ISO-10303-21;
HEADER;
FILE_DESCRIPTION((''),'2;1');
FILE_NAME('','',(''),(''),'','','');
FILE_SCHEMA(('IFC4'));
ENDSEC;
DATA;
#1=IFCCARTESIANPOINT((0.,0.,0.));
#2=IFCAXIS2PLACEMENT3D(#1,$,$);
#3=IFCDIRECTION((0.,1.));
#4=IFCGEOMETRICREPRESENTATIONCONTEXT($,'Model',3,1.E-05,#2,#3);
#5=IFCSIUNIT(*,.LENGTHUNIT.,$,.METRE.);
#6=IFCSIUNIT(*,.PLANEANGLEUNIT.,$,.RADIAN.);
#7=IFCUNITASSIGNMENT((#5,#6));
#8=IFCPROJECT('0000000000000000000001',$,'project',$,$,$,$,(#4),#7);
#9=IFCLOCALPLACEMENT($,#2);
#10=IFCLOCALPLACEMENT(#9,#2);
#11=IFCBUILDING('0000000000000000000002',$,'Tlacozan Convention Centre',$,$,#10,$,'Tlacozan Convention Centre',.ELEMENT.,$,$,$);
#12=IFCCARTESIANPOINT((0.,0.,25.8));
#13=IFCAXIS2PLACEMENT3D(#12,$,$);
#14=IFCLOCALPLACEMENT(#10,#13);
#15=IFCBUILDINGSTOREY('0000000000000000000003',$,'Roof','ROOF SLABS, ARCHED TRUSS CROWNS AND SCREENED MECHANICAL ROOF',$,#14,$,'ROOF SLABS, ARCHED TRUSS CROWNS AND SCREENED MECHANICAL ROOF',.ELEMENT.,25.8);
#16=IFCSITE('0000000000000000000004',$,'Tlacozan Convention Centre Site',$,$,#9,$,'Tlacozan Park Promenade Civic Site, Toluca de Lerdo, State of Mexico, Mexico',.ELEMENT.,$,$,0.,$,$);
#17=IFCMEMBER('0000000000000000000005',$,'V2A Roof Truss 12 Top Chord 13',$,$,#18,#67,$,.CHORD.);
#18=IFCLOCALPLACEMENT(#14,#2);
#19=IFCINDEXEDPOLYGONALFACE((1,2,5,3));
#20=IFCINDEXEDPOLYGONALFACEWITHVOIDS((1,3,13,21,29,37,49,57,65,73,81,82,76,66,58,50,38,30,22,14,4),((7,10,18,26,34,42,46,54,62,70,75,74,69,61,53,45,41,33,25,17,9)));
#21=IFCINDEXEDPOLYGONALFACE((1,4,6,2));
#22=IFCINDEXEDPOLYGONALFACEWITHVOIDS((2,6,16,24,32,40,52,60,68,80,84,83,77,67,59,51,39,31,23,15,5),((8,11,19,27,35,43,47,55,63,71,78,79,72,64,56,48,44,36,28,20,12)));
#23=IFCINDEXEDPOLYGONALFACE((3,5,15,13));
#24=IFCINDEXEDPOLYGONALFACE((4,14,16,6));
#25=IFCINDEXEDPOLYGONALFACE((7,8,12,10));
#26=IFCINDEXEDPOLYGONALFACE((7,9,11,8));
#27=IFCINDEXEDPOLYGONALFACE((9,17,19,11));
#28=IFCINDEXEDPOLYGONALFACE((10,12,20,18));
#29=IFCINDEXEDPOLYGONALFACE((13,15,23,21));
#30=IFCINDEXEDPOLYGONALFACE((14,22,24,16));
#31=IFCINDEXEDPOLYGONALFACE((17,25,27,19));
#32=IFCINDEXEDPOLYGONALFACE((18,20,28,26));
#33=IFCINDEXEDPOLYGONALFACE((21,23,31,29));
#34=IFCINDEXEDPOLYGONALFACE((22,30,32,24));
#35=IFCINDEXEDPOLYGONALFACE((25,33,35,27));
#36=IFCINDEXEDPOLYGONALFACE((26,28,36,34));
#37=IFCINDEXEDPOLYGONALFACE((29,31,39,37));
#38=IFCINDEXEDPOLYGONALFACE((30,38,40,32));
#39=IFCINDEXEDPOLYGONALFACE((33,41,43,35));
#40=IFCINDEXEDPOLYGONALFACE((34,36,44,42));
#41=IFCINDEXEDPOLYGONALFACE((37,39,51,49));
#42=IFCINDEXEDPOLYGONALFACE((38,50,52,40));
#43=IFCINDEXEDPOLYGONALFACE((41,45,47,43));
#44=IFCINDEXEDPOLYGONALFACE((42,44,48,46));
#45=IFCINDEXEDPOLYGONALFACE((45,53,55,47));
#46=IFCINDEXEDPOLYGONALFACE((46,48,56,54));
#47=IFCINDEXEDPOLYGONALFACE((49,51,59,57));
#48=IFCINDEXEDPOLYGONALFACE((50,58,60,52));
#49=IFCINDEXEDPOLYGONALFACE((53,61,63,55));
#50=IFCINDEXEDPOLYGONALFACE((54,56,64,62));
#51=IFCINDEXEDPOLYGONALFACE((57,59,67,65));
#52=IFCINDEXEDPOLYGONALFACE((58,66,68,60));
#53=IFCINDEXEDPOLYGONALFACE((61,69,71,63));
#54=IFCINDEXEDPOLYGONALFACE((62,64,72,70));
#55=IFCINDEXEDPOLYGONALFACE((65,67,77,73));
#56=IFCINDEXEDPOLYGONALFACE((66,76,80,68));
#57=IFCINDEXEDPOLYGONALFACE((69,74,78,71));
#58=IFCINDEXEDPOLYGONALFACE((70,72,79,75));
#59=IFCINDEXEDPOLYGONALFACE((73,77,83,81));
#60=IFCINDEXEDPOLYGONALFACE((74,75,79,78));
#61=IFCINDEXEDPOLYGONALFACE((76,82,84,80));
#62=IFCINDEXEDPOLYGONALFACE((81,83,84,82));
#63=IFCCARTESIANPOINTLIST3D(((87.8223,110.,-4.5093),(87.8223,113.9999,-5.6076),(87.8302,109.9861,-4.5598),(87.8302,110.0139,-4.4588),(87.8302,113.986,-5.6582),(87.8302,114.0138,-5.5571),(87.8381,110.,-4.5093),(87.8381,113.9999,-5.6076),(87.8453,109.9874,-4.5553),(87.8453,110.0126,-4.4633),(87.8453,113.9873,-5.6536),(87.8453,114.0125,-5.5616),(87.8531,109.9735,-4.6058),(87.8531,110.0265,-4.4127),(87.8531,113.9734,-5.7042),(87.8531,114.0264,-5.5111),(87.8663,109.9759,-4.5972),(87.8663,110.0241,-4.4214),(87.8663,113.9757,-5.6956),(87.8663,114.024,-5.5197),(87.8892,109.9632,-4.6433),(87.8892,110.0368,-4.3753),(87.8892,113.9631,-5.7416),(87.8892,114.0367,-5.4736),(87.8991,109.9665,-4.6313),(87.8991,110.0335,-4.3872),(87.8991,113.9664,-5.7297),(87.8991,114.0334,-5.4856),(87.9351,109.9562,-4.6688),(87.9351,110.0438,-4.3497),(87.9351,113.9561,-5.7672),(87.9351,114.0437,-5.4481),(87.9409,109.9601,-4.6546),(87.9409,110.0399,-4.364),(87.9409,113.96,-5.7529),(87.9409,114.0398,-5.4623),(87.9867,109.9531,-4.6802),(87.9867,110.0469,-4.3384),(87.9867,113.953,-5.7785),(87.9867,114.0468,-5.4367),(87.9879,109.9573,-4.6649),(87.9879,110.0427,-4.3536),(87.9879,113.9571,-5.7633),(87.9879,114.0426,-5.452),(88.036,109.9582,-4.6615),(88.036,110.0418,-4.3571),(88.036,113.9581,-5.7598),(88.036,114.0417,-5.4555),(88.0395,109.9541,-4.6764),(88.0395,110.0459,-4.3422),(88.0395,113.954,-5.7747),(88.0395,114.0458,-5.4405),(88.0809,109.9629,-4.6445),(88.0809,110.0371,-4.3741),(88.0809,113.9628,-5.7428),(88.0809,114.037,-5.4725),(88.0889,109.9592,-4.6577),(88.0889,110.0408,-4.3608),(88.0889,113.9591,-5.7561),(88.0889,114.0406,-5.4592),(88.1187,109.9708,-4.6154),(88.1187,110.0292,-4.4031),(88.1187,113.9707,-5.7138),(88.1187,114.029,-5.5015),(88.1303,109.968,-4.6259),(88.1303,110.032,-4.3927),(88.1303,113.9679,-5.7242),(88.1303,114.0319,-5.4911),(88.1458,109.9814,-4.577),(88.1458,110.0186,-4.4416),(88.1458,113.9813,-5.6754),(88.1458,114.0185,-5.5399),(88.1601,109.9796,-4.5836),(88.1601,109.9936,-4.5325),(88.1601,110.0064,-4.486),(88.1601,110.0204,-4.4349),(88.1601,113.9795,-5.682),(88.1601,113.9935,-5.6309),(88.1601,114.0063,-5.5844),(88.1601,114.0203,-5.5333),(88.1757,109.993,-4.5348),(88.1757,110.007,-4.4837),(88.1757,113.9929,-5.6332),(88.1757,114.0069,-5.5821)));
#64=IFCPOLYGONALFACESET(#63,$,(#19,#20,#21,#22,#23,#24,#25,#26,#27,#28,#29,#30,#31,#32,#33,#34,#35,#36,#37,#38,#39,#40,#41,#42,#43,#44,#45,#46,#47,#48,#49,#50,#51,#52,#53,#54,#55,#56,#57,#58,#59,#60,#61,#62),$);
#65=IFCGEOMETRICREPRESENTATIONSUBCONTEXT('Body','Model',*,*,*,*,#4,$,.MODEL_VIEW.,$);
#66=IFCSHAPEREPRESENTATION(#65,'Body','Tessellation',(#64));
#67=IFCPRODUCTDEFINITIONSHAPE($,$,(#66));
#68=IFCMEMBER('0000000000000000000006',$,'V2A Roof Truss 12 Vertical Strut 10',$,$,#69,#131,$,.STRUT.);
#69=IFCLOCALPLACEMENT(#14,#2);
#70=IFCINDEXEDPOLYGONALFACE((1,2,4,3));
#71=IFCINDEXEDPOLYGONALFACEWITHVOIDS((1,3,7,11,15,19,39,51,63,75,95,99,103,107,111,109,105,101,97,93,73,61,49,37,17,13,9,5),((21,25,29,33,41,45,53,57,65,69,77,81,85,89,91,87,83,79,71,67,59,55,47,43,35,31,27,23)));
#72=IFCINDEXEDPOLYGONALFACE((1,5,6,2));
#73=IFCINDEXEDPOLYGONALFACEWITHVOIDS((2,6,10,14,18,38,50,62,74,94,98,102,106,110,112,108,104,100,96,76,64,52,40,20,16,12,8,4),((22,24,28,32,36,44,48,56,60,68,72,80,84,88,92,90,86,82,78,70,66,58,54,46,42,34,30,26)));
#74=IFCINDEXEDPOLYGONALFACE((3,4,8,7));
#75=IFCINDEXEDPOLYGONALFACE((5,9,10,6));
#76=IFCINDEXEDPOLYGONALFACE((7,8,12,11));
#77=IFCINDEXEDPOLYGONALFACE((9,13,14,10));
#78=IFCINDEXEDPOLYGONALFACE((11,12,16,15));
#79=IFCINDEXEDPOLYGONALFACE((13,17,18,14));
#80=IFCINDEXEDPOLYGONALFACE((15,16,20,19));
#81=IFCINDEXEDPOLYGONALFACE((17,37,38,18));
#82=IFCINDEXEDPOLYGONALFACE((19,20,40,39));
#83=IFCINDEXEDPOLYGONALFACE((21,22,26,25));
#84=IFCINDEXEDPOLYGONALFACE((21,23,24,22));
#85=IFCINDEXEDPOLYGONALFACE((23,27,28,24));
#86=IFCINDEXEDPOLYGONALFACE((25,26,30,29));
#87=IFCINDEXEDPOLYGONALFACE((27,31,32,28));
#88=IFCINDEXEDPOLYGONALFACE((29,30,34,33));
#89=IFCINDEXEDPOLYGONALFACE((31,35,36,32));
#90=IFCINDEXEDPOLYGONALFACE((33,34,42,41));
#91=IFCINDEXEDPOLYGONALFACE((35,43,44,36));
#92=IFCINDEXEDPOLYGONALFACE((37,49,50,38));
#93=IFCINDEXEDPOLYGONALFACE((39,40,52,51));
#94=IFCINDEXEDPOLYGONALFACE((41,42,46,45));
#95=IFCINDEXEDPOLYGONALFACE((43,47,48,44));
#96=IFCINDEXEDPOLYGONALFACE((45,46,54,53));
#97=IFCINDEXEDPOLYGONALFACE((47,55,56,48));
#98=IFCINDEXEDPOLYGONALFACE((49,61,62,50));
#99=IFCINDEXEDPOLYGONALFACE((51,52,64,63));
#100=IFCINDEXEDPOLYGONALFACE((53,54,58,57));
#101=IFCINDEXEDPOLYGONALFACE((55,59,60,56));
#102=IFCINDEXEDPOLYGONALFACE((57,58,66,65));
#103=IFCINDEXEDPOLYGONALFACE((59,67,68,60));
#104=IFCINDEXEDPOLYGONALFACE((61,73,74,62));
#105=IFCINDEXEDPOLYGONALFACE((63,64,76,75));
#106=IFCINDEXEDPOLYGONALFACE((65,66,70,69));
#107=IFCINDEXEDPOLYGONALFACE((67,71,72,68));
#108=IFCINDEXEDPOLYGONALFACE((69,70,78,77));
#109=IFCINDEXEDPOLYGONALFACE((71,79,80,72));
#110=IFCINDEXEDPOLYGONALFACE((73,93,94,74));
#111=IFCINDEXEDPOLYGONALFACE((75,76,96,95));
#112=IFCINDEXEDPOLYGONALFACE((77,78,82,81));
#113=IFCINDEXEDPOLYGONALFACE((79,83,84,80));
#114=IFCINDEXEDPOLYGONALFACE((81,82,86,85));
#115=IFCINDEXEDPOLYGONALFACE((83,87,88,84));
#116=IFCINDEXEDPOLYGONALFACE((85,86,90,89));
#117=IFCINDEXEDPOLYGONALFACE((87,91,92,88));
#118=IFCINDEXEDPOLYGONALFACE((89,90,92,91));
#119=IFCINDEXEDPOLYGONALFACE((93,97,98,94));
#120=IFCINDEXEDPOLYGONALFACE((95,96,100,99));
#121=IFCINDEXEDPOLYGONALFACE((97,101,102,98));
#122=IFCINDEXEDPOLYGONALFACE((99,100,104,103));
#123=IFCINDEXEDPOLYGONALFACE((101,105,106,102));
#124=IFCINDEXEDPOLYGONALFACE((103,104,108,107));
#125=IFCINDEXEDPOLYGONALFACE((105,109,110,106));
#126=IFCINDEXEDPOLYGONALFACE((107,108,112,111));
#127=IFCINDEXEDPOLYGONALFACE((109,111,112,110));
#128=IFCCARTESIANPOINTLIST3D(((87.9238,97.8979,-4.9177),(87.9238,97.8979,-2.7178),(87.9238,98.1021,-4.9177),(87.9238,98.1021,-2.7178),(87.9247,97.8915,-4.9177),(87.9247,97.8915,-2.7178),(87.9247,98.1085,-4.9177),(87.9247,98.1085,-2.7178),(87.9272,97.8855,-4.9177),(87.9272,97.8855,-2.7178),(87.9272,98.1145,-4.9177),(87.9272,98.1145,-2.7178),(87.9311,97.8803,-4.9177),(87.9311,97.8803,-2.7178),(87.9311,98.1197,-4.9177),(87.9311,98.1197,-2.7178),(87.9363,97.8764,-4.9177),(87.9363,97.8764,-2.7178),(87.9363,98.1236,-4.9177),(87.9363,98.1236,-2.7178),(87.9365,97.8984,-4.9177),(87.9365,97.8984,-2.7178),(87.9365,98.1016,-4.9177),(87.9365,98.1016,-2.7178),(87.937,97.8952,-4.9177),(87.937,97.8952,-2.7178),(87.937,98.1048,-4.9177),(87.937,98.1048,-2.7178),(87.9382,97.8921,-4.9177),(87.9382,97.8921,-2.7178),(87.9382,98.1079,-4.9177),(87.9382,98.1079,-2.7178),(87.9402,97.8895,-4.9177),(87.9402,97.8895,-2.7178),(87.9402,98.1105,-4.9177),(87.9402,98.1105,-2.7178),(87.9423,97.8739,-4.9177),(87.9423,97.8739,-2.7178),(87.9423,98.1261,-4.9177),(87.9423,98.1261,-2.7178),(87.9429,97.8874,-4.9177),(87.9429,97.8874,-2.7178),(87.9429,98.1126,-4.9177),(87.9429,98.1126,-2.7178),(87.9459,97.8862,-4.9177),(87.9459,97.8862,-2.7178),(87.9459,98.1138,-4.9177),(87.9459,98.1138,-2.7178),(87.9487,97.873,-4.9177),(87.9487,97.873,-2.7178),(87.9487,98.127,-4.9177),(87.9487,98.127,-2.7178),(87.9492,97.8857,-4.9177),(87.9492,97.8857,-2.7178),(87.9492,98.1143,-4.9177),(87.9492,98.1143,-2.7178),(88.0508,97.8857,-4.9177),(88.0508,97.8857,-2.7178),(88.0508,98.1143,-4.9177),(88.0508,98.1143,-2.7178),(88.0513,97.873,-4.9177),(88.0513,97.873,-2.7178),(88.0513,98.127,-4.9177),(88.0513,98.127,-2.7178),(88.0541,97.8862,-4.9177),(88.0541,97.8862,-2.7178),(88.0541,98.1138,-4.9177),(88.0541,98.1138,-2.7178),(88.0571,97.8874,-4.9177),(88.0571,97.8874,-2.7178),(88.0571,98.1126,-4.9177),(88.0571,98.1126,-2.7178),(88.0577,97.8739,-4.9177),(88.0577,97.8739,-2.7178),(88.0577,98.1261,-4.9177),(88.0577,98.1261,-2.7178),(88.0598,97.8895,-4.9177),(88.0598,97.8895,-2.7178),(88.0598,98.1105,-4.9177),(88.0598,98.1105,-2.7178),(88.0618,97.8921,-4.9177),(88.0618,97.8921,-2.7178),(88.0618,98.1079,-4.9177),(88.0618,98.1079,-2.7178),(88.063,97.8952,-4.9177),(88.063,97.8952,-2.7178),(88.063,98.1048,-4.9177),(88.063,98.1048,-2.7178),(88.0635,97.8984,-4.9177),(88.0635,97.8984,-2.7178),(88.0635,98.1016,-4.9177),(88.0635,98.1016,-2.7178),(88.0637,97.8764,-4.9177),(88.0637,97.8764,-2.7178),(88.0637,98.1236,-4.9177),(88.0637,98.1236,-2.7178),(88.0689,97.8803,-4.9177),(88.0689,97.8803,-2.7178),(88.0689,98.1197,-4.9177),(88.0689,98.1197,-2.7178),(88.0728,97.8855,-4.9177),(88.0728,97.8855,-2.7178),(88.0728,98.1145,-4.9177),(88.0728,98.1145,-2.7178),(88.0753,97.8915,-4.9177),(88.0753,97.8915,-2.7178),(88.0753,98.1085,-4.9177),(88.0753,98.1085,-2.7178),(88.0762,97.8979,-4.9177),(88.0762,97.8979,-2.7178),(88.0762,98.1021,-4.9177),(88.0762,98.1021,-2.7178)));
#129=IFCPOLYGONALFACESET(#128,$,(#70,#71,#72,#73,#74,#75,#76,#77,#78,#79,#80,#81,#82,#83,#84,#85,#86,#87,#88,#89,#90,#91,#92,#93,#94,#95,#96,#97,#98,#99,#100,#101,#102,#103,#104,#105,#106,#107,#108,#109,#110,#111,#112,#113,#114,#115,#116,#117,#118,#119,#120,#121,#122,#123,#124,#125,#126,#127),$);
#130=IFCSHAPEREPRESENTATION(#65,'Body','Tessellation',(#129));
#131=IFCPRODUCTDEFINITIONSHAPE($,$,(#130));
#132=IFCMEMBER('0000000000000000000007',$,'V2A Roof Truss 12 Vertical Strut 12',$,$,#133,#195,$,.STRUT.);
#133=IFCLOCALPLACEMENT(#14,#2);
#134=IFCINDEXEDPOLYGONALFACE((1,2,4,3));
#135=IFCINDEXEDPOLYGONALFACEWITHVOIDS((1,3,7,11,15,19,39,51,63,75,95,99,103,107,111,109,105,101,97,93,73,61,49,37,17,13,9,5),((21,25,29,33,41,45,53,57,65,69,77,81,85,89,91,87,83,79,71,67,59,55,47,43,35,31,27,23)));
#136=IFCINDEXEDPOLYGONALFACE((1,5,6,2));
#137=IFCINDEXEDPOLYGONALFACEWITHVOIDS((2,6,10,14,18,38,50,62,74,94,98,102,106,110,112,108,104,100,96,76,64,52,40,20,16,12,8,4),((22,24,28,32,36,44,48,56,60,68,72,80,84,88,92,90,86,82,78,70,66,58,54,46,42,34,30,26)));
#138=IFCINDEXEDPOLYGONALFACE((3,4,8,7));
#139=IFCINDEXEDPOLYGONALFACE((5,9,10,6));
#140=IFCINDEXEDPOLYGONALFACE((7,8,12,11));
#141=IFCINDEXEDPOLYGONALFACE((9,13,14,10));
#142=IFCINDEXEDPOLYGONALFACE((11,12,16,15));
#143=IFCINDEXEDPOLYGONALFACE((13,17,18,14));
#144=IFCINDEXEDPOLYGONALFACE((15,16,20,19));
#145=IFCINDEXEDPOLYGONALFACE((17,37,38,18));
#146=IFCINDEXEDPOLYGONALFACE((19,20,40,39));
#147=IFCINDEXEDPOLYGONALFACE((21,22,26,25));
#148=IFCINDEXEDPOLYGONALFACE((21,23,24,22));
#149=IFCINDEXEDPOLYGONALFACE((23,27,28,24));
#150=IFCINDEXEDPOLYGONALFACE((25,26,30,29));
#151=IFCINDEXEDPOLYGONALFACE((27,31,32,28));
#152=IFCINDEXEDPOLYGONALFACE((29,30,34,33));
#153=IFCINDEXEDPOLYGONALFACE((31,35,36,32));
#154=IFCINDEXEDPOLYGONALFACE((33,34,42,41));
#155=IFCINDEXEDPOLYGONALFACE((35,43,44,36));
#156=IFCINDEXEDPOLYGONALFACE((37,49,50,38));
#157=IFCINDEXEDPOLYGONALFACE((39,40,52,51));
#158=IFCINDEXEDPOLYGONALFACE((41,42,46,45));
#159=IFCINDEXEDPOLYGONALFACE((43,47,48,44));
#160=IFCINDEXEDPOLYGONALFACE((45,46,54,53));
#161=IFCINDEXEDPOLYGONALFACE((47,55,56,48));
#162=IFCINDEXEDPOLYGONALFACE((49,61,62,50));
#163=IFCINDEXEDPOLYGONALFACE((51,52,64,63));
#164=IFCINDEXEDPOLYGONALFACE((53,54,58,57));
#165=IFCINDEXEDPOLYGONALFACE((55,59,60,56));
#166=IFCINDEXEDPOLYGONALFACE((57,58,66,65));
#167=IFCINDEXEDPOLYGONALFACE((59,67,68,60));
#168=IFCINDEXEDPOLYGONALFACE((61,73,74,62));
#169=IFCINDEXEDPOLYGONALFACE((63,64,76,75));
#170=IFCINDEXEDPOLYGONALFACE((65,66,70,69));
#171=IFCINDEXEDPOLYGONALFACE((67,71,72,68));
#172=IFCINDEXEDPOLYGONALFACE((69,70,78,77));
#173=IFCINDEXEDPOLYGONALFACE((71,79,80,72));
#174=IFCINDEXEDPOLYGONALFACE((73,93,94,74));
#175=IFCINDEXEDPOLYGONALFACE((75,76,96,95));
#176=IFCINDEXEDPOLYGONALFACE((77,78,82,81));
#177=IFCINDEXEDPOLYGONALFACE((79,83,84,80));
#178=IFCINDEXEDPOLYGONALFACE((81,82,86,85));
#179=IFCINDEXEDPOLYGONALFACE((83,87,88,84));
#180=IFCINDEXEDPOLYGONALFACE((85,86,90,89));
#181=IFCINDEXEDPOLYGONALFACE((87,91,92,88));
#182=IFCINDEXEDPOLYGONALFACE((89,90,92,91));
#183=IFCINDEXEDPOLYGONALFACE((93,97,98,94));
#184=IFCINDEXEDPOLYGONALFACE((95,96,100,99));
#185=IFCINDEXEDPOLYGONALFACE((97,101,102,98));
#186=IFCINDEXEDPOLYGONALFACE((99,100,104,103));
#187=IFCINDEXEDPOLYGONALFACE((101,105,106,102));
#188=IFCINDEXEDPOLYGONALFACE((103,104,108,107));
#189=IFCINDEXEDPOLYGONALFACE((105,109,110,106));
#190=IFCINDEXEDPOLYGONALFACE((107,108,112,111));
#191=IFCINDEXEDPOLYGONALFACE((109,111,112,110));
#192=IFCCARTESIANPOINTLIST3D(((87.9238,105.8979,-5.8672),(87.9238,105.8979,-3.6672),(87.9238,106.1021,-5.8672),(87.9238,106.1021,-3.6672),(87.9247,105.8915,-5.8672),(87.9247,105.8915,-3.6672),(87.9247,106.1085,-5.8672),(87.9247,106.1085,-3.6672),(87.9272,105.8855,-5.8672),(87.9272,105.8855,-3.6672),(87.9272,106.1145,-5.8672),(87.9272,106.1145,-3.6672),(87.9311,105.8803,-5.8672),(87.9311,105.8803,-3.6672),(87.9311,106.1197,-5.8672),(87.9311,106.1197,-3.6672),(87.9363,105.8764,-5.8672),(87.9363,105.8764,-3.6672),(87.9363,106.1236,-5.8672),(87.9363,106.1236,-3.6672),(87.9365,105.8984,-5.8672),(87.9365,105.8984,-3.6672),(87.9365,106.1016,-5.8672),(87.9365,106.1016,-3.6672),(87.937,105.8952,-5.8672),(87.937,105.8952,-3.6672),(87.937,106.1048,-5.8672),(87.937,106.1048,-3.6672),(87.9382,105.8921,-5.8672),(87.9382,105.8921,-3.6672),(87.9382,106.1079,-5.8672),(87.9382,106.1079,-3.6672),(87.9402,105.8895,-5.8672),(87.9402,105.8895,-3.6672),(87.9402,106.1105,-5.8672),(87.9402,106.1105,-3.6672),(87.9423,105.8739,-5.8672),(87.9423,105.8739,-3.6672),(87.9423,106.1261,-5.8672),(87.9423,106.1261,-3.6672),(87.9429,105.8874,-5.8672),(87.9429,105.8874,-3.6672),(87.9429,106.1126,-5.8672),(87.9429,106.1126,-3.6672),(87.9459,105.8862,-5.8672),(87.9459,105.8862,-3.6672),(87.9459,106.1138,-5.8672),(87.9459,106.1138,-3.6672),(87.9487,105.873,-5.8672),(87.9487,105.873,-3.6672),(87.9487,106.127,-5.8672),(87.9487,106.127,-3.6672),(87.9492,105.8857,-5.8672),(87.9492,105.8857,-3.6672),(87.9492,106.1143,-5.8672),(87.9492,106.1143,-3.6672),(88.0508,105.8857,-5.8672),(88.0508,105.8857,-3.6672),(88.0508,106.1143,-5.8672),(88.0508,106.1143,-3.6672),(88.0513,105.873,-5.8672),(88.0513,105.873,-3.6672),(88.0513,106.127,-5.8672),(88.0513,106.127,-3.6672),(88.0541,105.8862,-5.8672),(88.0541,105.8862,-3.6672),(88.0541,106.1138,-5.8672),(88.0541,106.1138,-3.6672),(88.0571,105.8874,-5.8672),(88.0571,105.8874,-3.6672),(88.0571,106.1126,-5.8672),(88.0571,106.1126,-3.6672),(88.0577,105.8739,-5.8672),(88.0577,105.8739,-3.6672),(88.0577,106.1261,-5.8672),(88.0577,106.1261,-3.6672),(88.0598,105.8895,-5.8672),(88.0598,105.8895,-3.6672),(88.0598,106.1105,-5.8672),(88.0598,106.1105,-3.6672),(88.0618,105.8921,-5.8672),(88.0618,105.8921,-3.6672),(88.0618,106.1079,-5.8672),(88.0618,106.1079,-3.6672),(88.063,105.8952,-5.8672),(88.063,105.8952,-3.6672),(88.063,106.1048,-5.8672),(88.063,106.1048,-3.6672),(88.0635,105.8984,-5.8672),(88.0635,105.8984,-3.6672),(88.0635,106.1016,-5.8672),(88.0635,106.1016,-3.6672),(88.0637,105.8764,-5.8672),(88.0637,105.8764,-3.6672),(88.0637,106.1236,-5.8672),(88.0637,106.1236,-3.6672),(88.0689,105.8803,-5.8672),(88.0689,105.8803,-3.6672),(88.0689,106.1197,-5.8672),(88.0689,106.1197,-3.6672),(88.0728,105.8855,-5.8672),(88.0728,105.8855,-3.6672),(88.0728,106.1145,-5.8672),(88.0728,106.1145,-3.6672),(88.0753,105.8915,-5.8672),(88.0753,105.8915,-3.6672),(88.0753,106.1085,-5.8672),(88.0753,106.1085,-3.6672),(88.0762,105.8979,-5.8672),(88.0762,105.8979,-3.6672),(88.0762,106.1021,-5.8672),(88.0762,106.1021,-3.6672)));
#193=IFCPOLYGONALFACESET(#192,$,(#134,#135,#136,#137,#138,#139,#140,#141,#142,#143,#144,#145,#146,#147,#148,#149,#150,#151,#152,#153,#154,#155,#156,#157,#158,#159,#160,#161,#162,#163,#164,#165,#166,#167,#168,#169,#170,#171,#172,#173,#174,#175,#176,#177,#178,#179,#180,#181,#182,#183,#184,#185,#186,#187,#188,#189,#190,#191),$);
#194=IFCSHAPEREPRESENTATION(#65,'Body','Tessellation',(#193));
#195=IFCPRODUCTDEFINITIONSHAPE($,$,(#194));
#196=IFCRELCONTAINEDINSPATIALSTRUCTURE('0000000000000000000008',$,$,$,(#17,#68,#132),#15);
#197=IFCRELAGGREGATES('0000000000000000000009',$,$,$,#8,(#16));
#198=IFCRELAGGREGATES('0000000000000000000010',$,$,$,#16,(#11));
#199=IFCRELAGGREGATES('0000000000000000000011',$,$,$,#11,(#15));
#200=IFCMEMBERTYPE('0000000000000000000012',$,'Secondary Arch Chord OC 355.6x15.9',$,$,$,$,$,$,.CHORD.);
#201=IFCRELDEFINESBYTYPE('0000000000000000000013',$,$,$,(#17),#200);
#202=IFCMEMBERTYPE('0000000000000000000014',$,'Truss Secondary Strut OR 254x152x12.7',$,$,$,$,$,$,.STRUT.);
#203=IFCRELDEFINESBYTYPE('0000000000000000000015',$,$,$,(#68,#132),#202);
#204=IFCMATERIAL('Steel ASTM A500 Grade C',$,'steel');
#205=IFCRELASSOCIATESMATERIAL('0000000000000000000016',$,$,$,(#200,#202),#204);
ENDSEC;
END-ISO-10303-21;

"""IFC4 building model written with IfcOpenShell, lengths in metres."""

from ifc_helpers import new_model, si_unit, direction, frame, origin, origin_2d, place, context, subcontext, project, spatial, hollow_rectangle, hollow_circle, extrude, material, material_profile, profile_set, type_object, element, save


model = new_model("IFC4")

# Units and contexts
model_context = context("Model", 3, precision=1e-05, world=origin(), true_north=direction((0.0, 1.0)))
body_context = subcontext(model_context, "Body", "Model", "MODEL_VIEW")
ifc_project = project(units=[si_unit("LENGTHUNIT", "METRE"), si_unit("PLANEANGLEUNIT", "RADIAN")], contexts=[model_context])

# Site, building, storey
site_placement = place(None, origin())
site = spatial("IfcSite", under=ifc_project, at=site_placement, Name="Tlacozan Convention Centre Site", LongName="Tlacozan Park Promenade Civic Site, Toluca de Lerdo, State of Mexico, Mexico", CompositionType="ELEMENT", RefElevation=0.0)
building_placement = place(site_placement, origin())
building = spatial("IfcBuilding", under=site, at=building_placement, Name="Tlacozan Convention Centre", LongName="Tlacozan Convention Centre", CompositionType="ELEMENT")
storey_placement = place(building_placement, frame((0.0, 0.0, 25.8)))
storey = spatial("IfcBuildingStorey", under=building, at=storey_placement, Name="Roof", Description="ROOF SLABS, ARCHED TRUSS CROWNS AND SCREENED MECHANICAL ROOF", LongName="ROOF SLABS, ARCHED TRUSS CROWNS AND SCREENED MECHANICAL ROOF", CompositionType="ELEMENT", Elevation=25.8)

# Members
ifc_material_1 = material(Name="Steel ASTM A500 Grade C", Category="steel")
ifc_material_profile_1 = material_profile(ifc_material_1, hollow_circle(Radius=0.1777, WallThickness=0.0159, at=origin_2d()), Name="OC 355.6x15.9")
ifc_profile_set_1 = profile_set([ifc_material_profile_1], Name="Steel ASTM A500 Grade C")
member_type_1 = type_object("IfcMemberType", Name="Secondary Arch Chord OC 355.6x15.9", PredefinedType="CHORD", material=ifc_profile_set_1)
member_1_placement = place(storey_placement, frame((88.0, 110.0, -4.5093), z_axis=(0.0, 0.964305, -0.264795), x_axis=(-1.0, 0.0, 0.0)))
element("IfcMember", 1, at=member_1_placement, inside=storey, type_object=member_type_1, Name="V2A Roof Truss 12 Top Chord 13", PredefinedType="CHORD", context=body_context, shape_type="SweptSolid", body=[
    extrude(hollow_circle(Radius=0.1777, WallThickness=0.0159, at=origin_2d()), origin(), (0.0, 0.0, 1.0), 4.1479),
])
ifc_material_profile_2 = material_profile(ifc_material_1, hollow_rectangle(XDim=0.1523, YDim=0.2539, WallThickness=0.0127, InnerFilletRadius=0.0127, OuterFilletRadius=0.0249, at=origin_2d()), Name="OR 254x152x12.7")
ifc_profile_set_2 = profile_set([ifc_material_profile_2], Name="Steel ASTM A500 Grade C")
member_type_2 = type_object("IfcMemberType", Name="Truss Secondary Strut OR 254x152x12.7", PredefinedType="STRUT", material=ifc_profile_set_2)
for number, where, z_axis, x_axis, name in (
    (2, (88.0, 98.0, -4.9177), (0.0, 0.0, 1.0), (1.0, 0.0, 0.0), "V2A Roof Truss 12 Vertical Strut 10"),
    (3, (88.0, 106.0, -5.8672), (0.0, 0.0, 1.0), (1.0, 0.0, 0.0), "V2A Roof Truss 12 Vertical Strut 12"),
):
    element("IfcMember", number, at=place(storey_placement, frame(where, z_axis=z_axis, x_axis=x_axis)), inside=storey, type_object=member_type_2, Name=name, PredefinedType="STRUT", context=body_context, shape_type="SweptSolid", body=[
        extrude(hollow_rectangle(XDim=0.1523, YDim=0.2539, WallThickness=0.0127, InnerFilletRadius=0.0127, OuterFilletRadius=0.0249, at=origin_2d()), origin(), (0.0, 0.0, 1.0), 2.2),
    ])

save(model, "model.ifc")
